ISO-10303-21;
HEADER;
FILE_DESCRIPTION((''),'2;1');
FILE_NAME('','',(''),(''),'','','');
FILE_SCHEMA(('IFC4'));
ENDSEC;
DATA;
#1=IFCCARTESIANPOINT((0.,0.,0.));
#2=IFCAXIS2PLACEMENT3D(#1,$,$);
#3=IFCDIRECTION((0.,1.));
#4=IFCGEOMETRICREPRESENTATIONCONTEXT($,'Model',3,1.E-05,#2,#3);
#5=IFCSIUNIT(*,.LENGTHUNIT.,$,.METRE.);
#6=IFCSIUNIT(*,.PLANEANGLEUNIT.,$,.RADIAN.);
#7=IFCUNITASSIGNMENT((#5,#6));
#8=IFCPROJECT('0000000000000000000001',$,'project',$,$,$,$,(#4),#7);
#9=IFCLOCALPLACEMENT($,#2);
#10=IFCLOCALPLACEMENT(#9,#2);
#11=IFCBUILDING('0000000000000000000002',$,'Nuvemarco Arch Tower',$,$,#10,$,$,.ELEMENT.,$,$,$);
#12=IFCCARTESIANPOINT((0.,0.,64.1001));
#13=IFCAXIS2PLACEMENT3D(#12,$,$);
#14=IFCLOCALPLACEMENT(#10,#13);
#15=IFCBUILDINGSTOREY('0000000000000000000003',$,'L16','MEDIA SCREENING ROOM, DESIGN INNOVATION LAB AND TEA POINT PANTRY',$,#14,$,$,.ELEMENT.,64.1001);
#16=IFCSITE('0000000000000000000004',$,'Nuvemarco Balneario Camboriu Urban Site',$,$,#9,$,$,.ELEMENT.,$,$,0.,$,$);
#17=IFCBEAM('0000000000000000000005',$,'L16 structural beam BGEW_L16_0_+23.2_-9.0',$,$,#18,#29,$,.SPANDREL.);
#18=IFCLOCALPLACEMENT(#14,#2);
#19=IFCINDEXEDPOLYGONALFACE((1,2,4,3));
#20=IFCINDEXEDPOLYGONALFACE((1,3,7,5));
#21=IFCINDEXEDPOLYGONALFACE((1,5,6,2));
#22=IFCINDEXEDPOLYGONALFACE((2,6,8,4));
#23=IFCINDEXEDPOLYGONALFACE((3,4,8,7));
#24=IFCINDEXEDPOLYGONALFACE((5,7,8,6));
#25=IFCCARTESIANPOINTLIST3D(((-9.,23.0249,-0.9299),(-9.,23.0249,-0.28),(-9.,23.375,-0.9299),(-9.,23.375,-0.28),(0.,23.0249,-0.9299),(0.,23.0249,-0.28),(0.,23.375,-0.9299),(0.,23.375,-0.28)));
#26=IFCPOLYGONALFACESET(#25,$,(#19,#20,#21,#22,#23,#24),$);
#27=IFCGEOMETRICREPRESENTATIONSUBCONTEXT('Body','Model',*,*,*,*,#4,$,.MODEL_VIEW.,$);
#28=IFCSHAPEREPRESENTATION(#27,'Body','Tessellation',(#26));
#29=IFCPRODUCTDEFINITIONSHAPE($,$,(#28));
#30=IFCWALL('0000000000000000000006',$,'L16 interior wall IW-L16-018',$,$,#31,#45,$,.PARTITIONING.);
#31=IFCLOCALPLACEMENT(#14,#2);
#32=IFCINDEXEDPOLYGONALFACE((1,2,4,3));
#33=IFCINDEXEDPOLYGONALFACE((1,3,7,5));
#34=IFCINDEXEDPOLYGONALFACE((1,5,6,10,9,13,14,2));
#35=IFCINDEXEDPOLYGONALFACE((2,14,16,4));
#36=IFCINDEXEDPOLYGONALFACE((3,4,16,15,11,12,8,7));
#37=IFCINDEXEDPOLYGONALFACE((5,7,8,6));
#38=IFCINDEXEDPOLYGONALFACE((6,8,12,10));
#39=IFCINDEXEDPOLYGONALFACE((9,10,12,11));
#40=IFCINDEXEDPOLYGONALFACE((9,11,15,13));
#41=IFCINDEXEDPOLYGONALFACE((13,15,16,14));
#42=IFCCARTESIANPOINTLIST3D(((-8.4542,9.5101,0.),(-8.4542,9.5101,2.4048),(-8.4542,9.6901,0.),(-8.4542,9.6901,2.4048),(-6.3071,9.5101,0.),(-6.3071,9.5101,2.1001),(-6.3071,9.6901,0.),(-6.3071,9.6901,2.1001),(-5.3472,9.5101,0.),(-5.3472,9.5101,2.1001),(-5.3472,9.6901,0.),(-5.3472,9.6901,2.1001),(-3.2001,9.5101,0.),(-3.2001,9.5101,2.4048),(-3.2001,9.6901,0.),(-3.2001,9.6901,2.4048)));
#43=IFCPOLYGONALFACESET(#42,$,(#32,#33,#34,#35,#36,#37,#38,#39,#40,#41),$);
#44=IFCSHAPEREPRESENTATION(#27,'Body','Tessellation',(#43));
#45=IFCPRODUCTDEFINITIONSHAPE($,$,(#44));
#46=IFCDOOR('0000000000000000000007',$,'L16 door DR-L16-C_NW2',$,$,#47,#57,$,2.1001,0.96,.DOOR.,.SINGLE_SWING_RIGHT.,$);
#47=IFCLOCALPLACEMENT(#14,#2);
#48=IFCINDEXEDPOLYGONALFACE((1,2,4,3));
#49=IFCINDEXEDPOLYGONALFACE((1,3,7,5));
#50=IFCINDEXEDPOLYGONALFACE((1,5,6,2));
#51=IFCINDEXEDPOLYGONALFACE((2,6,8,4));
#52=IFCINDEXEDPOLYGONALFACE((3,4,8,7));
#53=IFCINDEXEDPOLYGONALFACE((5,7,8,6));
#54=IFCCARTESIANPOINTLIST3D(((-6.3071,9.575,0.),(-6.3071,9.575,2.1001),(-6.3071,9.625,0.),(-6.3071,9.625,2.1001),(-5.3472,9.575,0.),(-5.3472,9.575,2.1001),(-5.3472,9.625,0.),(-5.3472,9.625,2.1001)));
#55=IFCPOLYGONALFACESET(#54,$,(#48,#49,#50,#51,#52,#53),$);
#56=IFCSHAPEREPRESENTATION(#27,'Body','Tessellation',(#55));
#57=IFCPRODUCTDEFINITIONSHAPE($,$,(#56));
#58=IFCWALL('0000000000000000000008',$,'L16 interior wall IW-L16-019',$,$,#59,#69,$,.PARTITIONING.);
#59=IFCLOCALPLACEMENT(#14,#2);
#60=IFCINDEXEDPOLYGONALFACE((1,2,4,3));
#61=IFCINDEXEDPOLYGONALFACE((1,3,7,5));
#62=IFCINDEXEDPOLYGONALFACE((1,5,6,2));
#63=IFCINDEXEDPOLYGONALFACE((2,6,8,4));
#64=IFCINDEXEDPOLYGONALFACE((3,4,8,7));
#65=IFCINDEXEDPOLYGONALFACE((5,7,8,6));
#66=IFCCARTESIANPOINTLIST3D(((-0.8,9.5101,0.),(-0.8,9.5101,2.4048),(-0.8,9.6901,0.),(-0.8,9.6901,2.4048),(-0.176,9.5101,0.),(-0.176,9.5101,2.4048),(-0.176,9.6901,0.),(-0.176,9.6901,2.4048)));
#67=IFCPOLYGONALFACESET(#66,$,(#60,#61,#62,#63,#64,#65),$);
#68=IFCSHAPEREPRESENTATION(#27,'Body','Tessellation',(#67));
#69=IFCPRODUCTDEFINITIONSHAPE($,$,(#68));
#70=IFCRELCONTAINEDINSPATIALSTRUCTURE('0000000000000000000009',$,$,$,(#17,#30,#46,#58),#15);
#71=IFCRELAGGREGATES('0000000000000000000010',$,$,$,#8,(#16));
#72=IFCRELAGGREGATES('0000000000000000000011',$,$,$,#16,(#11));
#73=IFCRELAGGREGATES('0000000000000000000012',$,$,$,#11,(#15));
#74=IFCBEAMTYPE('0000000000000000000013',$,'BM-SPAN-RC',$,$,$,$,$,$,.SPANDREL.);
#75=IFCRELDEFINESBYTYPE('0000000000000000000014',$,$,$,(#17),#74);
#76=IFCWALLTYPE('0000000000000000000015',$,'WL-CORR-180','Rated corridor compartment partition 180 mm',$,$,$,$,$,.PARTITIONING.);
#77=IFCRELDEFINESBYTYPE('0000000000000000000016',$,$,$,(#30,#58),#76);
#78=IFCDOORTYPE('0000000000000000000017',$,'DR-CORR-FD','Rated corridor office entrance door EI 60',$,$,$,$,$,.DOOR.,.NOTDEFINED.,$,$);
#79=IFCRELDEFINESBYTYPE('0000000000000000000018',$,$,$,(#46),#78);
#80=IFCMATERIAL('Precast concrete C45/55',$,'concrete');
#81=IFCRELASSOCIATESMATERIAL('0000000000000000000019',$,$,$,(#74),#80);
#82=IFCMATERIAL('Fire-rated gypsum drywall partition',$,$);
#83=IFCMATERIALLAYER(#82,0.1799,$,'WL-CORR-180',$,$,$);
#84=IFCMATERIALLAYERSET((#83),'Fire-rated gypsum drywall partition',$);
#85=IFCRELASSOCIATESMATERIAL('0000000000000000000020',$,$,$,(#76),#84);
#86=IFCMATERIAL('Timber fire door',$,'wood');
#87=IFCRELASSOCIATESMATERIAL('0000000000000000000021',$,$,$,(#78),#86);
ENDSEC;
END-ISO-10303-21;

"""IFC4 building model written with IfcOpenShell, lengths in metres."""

from ifc_helpers import new_model, si_unit, direction, frame, frame_2d, origin, origin_2d, place, context, subcontext, project, spatial, rectangle, extrude, source, transform, mapped, material, layer, layer_set, material_profile, profile_set, type_object, type_shapes, element, fill, save


model = new_model("IFC4")

# Units and contexts
model_context = context("Model", 3, precision=1e-05, world=origin(), true_north=direction((0.0, 1.0)))
body_context = subcontext(model_context, "Body", "Model", "MODEL_VIEW")
ifc_project = project(units=[si_unit("LENGTHUNIT", "METRE"), si_unit("PLANEANGLEUNIT", "RADIAN")], contexts=[model_context])

# Site, building, storey
site_placement = place(None, origin())
site = spatial("IfcSite", under=ifc_project, at=site_placement, Name="Nuvemarco Balneario Camboriu Urban Site", CompositionType="ELEMENT", RefElevation=0.0)
building_placement = place(site_placement, origin())
building = spatial("IfcBuilding", under=site, at=building_placement, Name="Nuvemarco Arch Tower", CompositionType="ELEMENT")
storey_placement = place(building_placement, frame((0.0, 0.0, 64.1001)))
storey = spatial("IfcBuildingStorey", under=building, at=storey_placement, Name="L16", Description="MEDIA SCREENING ROOM, DESIGN INNOVATION LAB AND TEA POINT PANTRY", CompositionType="ELEMENT", Elevation=64.1001)

# Beam
ifc_material_1 = material(Name="Precast concrete C45/55", Category="concrete")
ifc_material_profile_1 = material_profile(ifc_material_1, rectangle(XDim=0.3501, YDim=0.6499, at=origin_2d()), Name="PC-SP-350x650")
ifc_profile_set_1 = profile_set([ifc_material_profile_1], Name="Precast concrete C45/55")
beam_type_1 = type_object("IfcBeamType", Name="BM-SPAN-RC", PredefinedType="SPANDREL", material=ifc_profile_set_1)
beam_1_placement = place(storey_placement, frame((-9.0, 23.2, -0.605), z_axis=(1.0, 0.0, 0.0), x_axis=(0.0, 1.0, 0.0)))
element("IfcBeam", 1, at=beam_1_placement, inside=storey, type_object=beam_type_1, Name="L16 structural beam BGEW_L16_0_+23.2_-9.0", PredefinedType="SPANDREL", context=body_context, shape_type="SweptSolid", body=[
    extrude(rectangle(XDim=0.3501, YDim=0.6499, at=origin_2d()), origin(), (0.0, 0.0, 1.0), 9.0),
])

# Wall, opening, door
ifc_material_2 = material(Name="Fire-rated gypsum drywall partition")
ifc_layer_1 = layer(ifc_material_2, 0.1799, Name="WL-CORR-180")
ifc_layer_set_1 = layer_set([ifc_layer_1], Name="Fire-rated gypsum drywall partition")
wall_type_1 = type_object("IfcWallType", Name="WL-CORR-180", Description="Rated corridor compartment partition 180 mm", PredefinedType="PARTITIONING", material=ifc_layer_set_1)
wall_1_placement = place(storey_placement, frame((-8.4541, 9.6001, 0.0), z_axis=(0.0, 0.0, 1.0), x_axis=(1.0, 0.0, 0.0)))
wall_1 = element("IfcWall", 2, at=wall_1_placement, inside=storey, type_object=wall_type_1, Name="L16 interior wall IW-L16-018", PredefinedType="PARTITIONING", context=body_context, shape_type="SweptSolid", body=[
    extrude(rectangle(XDim=5.2542, YDim=0.1799, at=frame_2d((2.627, 0.0))), origin(), (0.0, 0.0, 1.0), 2.4048),
])
opening_1_placement = place(wall_1_placement, frame((2.147, 0.0, 0.0)))
opening_1 = element("IfcOpeningElement", 3, at=opening_1_placement, cuts=wall_1, PredefinedType="OPENING", context=body_context, shape_type="SweptSolid", body=[
    extrude(rectangle(XDim=0.96, YDim=2.1001, at=frame_2d((0.48, 1.05))), frame((0.0, 0.0999, 0.0), z_axis=(0.0, -1.0, 0.0), x_axis=(1.0, 0.0, 0.0)), (0.0, 0.0, 1.0), 0.2),
])
ifc_material_3 = material(Name="Timber fire door", Category="wood")
door_type = type_object("IfcDoorType", Name="DR-CORR-FD", Description="Rated corridor office entrance door EI 60", OperationType="NOTDEFINED", PredefinedType="DOOR", material=ifc_material_3)
shared_shape_1 = source(origin(), body_context, "Body", "SweptSolid", [
    extrude(rectangle(XDim=0.96, YDim=2.1001, at=frame_2d((0.48, 1.05))), frame((0.0, 0.0249, 0.0), z_axis=(0.0, -1.0, 0.0), x_axis=(1.0, 0.0, 0.0)), (0.0, 0.0, 1.0), 0.05),
])
type_shapes(door_type, [shared_shape_1])
door_1_placement = place(opening_1_placement, origin())
door_1 = element("IfcDoor", 4, at=door_1_placement, inside=storey, type_object=door_type, Name="L16 door DR-L16-C_NW2", OperationType="SINGLE_SWING_RIGHT", OverallHeight=2.1001, OverallWidth=0.96, PredefinedType="DOOR", context=body_context, shape_type="MappedRepresentation", body=[
    mapped(shared_shape_1, transform((0.0, 0.0, 0.0), scale=1.0)),
])
fill(opening_1, door_1)

# Wall
wall_2_placement = place(storey_placement, frame((-0.8, 9.6001, 0.0), z_axis=(0.0, 0.0, 1.0), x_axis=(1.0, 0.0, 0.0)))
element("IfcWall", 5, at=wall_2_placement, inside=storey, type_object=wall_type_1, Name="L16 interior wall IW-L16-019", PredefinedType="PARTITIONING", context=body_context, shape_type="SweptSolid", body=[
    extrude(rectangle(XDim=0.624, YDim=0.1799, at=frame_2d((0.312, 0.0))), origin(), (0.0, 0.0, 1.0), 2.4048),
])

save(model, "model.ifc")
